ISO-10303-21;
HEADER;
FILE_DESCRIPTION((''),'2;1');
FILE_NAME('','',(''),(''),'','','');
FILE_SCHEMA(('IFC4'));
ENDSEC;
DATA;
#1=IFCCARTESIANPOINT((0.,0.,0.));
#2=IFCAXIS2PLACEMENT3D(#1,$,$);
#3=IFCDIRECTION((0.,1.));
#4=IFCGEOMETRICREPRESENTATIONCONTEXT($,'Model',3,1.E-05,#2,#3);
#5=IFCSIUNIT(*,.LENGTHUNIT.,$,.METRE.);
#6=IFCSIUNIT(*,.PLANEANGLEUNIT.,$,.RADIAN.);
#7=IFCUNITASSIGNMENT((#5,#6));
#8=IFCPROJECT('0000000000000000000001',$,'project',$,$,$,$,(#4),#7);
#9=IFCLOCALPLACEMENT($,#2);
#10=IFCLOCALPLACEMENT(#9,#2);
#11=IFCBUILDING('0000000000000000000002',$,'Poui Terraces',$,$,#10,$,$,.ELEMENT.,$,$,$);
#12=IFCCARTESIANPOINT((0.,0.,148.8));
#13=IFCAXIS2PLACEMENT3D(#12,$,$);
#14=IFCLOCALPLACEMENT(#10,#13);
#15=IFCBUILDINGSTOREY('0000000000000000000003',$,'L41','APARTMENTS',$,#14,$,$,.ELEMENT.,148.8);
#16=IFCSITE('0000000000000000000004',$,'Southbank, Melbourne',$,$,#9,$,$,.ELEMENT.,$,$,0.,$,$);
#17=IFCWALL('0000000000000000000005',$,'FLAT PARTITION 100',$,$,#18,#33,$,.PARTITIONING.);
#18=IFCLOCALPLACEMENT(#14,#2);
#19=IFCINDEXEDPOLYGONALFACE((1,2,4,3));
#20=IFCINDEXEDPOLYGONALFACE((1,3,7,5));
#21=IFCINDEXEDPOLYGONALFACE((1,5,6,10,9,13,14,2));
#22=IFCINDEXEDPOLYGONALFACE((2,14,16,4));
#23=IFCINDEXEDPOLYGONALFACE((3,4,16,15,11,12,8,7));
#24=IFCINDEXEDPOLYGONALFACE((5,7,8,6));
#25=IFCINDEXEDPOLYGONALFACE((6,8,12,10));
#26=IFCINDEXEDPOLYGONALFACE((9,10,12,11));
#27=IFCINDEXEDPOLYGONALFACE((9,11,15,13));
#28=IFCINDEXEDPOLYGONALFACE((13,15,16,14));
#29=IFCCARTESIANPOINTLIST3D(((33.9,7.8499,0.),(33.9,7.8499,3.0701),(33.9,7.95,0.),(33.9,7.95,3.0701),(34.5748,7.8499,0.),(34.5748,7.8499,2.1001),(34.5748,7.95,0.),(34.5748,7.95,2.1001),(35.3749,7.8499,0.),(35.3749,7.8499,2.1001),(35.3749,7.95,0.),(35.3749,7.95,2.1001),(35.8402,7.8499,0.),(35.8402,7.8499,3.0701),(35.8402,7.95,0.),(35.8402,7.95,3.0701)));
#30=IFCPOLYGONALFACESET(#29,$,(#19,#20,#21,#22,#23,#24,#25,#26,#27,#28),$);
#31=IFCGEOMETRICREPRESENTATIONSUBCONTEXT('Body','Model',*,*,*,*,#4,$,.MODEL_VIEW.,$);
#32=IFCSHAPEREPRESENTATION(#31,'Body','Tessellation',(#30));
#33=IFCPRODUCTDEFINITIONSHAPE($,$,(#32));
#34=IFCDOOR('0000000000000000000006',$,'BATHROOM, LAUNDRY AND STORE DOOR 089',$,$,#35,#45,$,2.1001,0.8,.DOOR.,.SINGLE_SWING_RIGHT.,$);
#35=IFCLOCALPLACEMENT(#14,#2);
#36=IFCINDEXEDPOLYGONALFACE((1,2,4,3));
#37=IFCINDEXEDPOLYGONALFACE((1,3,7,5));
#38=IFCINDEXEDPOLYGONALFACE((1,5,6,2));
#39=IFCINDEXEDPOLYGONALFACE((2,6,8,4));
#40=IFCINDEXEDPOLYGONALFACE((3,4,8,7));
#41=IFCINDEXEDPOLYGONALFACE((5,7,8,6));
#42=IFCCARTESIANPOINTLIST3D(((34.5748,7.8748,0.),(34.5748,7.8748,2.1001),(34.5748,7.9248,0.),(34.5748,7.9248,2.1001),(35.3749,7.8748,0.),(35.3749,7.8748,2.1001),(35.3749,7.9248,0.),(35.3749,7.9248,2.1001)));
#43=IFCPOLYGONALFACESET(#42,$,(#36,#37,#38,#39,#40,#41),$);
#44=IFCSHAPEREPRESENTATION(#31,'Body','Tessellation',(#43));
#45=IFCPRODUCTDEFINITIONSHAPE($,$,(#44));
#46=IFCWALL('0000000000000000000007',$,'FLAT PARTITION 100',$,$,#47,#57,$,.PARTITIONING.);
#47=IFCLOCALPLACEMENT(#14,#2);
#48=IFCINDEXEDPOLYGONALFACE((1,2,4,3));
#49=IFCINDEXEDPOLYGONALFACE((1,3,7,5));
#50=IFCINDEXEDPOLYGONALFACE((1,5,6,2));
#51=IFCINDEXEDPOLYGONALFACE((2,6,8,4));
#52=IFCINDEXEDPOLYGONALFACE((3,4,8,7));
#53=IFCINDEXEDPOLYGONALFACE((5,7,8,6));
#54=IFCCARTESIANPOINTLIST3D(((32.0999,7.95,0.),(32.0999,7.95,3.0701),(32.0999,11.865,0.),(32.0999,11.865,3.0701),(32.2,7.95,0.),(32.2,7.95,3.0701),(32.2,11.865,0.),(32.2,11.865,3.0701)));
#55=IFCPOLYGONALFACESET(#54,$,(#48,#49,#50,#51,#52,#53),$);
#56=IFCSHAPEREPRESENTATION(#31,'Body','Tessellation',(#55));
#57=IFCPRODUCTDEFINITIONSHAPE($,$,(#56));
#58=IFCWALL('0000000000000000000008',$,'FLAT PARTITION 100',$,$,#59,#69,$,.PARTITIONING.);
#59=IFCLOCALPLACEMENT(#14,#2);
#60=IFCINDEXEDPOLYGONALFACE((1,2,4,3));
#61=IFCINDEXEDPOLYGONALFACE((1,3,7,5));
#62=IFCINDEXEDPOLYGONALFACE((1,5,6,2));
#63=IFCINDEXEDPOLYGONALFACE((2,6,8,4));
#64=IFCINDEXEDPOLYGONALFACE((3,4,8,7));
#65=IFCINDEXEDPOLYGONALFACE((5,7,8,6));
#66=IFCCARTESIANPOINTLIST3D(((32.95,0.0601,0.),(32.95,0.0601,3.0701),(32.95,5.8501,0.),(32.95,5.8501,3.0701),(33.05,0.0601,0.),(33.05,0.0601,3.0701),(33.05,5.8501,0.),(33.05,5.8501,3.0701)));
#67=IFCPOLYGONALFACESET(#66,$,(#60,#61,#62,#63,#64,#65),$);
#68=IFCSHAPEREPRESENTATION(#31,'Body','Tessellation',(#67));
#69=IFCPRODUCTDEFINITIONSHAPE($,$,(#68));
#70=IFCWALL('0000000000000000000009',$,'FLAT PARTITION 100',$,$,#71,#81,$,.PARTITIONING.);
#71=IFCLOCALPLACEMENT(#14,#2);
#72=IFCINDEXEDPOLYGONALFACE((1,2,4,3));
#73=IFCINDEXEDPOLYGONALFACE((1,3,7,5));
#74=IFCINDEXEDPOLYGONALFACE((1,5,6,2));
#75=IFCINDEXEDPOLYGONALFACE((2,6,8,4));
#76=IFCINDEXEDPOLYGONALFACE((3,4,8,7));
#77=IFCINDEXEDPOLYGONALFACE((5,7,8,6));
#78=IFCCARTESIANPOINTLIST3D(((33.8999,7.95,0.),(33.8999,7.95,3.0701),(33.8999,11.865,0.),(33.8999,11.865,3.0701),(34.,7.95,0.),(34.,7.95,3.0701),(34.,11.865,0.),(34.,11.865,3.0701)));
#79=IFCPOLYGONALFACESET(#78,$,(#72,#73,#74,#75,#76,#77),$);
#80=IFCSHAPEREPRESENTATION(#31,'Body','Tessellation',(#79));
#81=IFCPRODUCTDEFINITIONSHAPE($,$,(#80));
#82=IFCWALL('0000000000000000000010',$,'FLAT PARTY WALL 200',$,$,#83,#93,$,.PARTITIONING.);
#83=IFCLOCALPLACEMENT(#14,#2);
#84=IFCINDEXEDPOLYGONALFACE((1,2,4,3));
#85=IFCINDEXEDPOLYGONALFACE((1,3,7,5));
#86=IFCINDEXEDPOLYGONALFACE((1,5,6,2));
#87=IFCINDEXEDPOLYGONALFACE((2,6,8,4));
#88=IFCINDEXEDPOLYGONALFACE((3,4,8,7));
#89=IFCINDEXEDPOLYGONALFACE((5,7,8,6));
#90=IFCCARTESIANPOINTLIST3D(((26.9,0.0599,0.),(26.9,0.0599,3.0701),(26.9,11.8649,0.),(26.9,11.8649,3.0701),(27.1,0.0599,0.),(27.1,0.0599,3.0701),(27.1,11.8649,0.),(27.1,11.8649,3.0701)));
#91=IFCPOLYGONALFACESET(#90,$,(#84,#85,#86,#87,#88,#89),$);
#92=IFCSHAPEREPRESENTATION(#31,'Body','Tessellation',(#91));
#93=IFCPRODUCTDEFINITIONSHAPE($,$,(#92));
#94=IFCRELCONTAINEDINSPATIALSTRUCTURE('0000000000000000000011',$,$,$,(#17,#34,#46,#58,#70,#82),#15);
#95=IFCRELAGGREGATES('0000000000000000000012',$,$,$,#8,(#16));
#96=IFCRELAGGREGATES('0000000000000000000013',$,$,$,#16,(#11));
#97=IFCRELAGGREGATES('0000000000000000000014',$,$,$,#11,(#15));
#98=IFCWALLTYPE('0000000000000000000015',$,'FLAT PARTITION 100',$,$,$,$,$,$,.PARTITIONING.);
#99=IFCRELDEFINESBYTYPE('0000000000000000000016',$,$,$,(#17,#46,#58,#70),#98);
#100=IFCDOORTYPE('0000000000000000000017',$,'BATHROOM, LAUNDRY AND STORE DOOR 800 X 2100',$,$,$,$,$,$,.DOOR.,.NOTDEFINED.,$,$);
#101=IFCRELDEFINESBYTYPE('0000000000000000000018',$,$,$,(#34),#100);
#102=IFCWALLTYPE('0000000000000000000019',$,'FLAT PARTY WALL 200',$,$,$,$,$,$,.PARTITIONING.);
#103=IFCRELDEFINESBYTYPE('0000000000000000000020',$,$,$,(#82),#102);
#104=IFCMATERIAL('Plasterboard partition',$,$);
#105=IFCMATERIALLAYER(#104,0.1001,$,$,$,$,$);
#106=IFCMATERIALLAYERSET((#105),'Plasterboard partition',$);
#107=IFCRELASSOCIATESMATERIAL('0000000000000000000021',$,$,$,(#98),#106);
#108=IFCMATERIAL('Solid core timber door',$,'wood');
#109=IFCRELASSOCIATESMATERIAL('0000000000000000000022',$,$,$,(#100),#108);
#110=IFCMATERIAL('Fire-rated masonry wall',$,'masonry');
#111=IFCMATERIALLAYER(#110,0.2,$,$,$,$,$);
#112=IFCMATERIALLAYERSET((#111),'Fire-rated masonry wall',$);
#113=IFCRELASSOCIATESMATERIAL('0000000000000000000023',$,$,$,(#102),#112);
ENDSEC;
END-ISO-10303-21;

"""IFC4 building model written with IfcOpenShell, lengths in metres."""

from ifc_helpers import new_model, si_unit, direction, frame, frame_2d, origin, place, context, subcontext, project, spatial, rectangle, extrude, material, layer, layer_set, type_object, element, fill, save


model = new_model("IFC4")

# Units and contexts
model_context = context("Model", 3, precision=1e-05, world=origin(), true_north=direction((0.0, 1.0)))
body_context = subcontext(model_context, "Body", "Model", "MODEL_VIEW")
ifc_project = project(units=[si_unit("LENGTHUNIT", "METRE"), si_unit("PLANEANGLEUNIT", "RADIAN")], contexts=[model_context])

# Site, building, storey
site_placement = place(None, origin())
site = spatial("IfcSite", under=ifc_project, at=site_placement, Name="Southbank, Melbourne", CompositionType="ELEMENT", RefElevation=0.0)
building_placement = place(site_placement, origin())
building = spatial("IfcBuilding", under=site, at=building_placement, Name="Poui Terraces", CompositionType="ELEMENT")
storey_placement = place(building_placement, frame((0.0, 0.0, 148.8)))
storey = spatial("IfcBuildingStorey", under=building, at=storey_placement, Name="L41", Description="APARTMENTS", CompositionType="ELEMENT", Elevation=148.8)

# Wall, opening, door
ifc_material_1 = material(Name="Solid core timber door", Category="wood")
ifc_material_2 = material(Name="Plasterboard partition")
ifc_layer_1 = layer(ifc_material_2, 0.1001)
ifc_layer_set_1 = layer_set([ifc_layer_1], Name="Plasterboard partition")
wall_type_1 = type_object("IfcWallType", Name="FLAT PARTITION 100", PredefinedType="PARTITIONING", material=ifc_layer_set_1)
door_type_1 = type_object("IfcDoorType", Name="BATHROOM, LAUNDRY AND STORE DOOR 800 X 2100", OperationType="NOTDEFINED", PredefinedType="DOOR", material=ifc_material_1)
wall_1_placement = place(storey_placement, frame((33.8999, 7.8999, 0.0), z_axis=(0.0, 0.0, 1.0), x_axis=(1.0, 0.0, 0.0)))
wall_1 = element("IfcWall", 1, at=wall_1_placement, inside=storey, type_object=wall_type_1, Name="FLAT PARTITION 100", PredefinedType="PARTITIONING", context=body_context, shape_type="SweptSolid", body=[
    extrude(rectangle(XDim=1.9402, YDim=0.1001, at=frame_2d((0.9702, 0.0))), origin(), (0.0, 0.0, 1.0), 3.0701),
])
opening_1_placement = place(wall_1_placement, frame((0.675, 0.0, 0.0)))
opening_1 = element("IfcOpeningElement", 2, at=opening_1_placement, cuts=wall_1, PredefinedType="OPENING", context=body_context, shape_type="SweptSolid", body=[
    extrude(rectangle(XDim=0.8, YDim=2.1001, at=frame_2d((0.3999, 1.05))), frame((0.0, 0.0601, 0.0), z_axis=(0.0, -1.0, 0.0), x_axis=(1.0, 0.0, 0.0)), (0.0, 0.0, 1.0), 0.1201),
])
door_1_placement = place(opening_1_placement, origin())
door_1 = element("IfcDoor", 3, at=door_1_placement, inside=storey, type_object=door_type_1, Name="BATHROOM, LAUNDRY AND STORE DOOR 089", OperationType="SINGLE_SWING_RIGHT", OverallHeight=2.1001, OverallWidth=0.8, PredefinedType="DOOR", context=body_context, shape_type="SweptSolid", body=[
    extrude(rectangle(XDim=0.8, YDim=2.1001, at=frame_2d((0.3999, 1.05))), frame((0.0, 0.0249, 0.0), z_axis=(0.0, -1.0, 0.0), x_axis=(1.0, 0.0, 0.0)), (0.0, 0.0, 1.0), 0.05),
])
fill(opening_1, door_1)

# Walls
wall_2_placement = place(storey_placement, frame((32.1499, 7.95, 0.0), z_axis=(0.0, 0.0, 1.0), x_axis=(0.0, 1.0, 0.0)))
element("IfcWall", 4, at=wall_2_placement, inside=storey, type_object=wall_type_1, Name="FLAT PARTITION 100", PredefinedType="PARTITIONING", context=body_context, shape_type="SweptSolid", body=[
    extrude(rectangle(XDim=3.915, YDim=0.1001, at=frame_2d((1.9575, 0.0))), origin(), (0.0, 0.0, 1.0), 3.0701),
])
wall_3_placement = place(storey_placement, frame((33.0, 0.0601, 0.0), z_axis=(0.0, 0.0, 1.0), x_axis=(0.0, 1.0, 0.0)))
element("IfcWall", 5, at=wall_3_placement, inside=storey, type_object=wall_type_1, Name="FLAT PARTITION 100", PredefinedType="PARTITIONING", context=body_context, shape_type="SweptSolid", body=[
    extrude(rectangle(XDim=5.79, YDim=0.1001, at=frame_2d((2.895, 0.0))), origin(), (0.0, 0.0, 1.0), 3.0701),
])
wall_4_placement = place(storey_placement, frame((33.95, 7.95, 0.0), z_axis=(0.0, 0.0, 1.0), x_axis=(0.0, 1.0, 0.0)))
element("IfcWall", 6, at=wall_4_placement, inside=storey, type_object=wall_type_1, Name="FLAT PARTITION 100", PredefinedType="PARTITIONING", context=body_context, shape_type="SweptSolid", body=[
    extrude(rectangle(XDim=3.915, YDim=0.1001, at=frame_2d((1.9575, 0.0))), origin(), (0.0, 0.0, 1.0), 3.0701),
])
ifc_material_3 = material(Name="Fire-rated masonry wall", Category="masonry")
ifc_layer_2 = layer(ifc_material_3, 0.2)
ifc_layer_set_2 = layer_set([ifc_layer_2], Name="Fire-rated masonry wall")
wall_type_2 = type_object("IfcWallType", Name="FLAT PARTY WALL 200", PredefinedType="PARTITIONING", material=ifc_layer_set_2)
wall_5_placement = place(storey_placement, frame((27.0, 0.0601, 0.0), z_axis=(0.0, 0.0, 1.0), x_axis=(0.0, 1.0, 0.0)))
element("IfcWall", 7, at=wall_5_placement, inside=storey, type_object=wall_type_2, Name="FLAT PARTY WALL 200", PredefinedType="PARTITIONING", context=body_context, shape_type="SweptSolid", body=[
    extrude(rectangle(XDim=11.8049, YDim=0.2, at=frame_2d((5.9023, 0.0))), origin(), (0.0, 0.0, 1.0), 3.0701),
])

save(model, "model.ifc")
